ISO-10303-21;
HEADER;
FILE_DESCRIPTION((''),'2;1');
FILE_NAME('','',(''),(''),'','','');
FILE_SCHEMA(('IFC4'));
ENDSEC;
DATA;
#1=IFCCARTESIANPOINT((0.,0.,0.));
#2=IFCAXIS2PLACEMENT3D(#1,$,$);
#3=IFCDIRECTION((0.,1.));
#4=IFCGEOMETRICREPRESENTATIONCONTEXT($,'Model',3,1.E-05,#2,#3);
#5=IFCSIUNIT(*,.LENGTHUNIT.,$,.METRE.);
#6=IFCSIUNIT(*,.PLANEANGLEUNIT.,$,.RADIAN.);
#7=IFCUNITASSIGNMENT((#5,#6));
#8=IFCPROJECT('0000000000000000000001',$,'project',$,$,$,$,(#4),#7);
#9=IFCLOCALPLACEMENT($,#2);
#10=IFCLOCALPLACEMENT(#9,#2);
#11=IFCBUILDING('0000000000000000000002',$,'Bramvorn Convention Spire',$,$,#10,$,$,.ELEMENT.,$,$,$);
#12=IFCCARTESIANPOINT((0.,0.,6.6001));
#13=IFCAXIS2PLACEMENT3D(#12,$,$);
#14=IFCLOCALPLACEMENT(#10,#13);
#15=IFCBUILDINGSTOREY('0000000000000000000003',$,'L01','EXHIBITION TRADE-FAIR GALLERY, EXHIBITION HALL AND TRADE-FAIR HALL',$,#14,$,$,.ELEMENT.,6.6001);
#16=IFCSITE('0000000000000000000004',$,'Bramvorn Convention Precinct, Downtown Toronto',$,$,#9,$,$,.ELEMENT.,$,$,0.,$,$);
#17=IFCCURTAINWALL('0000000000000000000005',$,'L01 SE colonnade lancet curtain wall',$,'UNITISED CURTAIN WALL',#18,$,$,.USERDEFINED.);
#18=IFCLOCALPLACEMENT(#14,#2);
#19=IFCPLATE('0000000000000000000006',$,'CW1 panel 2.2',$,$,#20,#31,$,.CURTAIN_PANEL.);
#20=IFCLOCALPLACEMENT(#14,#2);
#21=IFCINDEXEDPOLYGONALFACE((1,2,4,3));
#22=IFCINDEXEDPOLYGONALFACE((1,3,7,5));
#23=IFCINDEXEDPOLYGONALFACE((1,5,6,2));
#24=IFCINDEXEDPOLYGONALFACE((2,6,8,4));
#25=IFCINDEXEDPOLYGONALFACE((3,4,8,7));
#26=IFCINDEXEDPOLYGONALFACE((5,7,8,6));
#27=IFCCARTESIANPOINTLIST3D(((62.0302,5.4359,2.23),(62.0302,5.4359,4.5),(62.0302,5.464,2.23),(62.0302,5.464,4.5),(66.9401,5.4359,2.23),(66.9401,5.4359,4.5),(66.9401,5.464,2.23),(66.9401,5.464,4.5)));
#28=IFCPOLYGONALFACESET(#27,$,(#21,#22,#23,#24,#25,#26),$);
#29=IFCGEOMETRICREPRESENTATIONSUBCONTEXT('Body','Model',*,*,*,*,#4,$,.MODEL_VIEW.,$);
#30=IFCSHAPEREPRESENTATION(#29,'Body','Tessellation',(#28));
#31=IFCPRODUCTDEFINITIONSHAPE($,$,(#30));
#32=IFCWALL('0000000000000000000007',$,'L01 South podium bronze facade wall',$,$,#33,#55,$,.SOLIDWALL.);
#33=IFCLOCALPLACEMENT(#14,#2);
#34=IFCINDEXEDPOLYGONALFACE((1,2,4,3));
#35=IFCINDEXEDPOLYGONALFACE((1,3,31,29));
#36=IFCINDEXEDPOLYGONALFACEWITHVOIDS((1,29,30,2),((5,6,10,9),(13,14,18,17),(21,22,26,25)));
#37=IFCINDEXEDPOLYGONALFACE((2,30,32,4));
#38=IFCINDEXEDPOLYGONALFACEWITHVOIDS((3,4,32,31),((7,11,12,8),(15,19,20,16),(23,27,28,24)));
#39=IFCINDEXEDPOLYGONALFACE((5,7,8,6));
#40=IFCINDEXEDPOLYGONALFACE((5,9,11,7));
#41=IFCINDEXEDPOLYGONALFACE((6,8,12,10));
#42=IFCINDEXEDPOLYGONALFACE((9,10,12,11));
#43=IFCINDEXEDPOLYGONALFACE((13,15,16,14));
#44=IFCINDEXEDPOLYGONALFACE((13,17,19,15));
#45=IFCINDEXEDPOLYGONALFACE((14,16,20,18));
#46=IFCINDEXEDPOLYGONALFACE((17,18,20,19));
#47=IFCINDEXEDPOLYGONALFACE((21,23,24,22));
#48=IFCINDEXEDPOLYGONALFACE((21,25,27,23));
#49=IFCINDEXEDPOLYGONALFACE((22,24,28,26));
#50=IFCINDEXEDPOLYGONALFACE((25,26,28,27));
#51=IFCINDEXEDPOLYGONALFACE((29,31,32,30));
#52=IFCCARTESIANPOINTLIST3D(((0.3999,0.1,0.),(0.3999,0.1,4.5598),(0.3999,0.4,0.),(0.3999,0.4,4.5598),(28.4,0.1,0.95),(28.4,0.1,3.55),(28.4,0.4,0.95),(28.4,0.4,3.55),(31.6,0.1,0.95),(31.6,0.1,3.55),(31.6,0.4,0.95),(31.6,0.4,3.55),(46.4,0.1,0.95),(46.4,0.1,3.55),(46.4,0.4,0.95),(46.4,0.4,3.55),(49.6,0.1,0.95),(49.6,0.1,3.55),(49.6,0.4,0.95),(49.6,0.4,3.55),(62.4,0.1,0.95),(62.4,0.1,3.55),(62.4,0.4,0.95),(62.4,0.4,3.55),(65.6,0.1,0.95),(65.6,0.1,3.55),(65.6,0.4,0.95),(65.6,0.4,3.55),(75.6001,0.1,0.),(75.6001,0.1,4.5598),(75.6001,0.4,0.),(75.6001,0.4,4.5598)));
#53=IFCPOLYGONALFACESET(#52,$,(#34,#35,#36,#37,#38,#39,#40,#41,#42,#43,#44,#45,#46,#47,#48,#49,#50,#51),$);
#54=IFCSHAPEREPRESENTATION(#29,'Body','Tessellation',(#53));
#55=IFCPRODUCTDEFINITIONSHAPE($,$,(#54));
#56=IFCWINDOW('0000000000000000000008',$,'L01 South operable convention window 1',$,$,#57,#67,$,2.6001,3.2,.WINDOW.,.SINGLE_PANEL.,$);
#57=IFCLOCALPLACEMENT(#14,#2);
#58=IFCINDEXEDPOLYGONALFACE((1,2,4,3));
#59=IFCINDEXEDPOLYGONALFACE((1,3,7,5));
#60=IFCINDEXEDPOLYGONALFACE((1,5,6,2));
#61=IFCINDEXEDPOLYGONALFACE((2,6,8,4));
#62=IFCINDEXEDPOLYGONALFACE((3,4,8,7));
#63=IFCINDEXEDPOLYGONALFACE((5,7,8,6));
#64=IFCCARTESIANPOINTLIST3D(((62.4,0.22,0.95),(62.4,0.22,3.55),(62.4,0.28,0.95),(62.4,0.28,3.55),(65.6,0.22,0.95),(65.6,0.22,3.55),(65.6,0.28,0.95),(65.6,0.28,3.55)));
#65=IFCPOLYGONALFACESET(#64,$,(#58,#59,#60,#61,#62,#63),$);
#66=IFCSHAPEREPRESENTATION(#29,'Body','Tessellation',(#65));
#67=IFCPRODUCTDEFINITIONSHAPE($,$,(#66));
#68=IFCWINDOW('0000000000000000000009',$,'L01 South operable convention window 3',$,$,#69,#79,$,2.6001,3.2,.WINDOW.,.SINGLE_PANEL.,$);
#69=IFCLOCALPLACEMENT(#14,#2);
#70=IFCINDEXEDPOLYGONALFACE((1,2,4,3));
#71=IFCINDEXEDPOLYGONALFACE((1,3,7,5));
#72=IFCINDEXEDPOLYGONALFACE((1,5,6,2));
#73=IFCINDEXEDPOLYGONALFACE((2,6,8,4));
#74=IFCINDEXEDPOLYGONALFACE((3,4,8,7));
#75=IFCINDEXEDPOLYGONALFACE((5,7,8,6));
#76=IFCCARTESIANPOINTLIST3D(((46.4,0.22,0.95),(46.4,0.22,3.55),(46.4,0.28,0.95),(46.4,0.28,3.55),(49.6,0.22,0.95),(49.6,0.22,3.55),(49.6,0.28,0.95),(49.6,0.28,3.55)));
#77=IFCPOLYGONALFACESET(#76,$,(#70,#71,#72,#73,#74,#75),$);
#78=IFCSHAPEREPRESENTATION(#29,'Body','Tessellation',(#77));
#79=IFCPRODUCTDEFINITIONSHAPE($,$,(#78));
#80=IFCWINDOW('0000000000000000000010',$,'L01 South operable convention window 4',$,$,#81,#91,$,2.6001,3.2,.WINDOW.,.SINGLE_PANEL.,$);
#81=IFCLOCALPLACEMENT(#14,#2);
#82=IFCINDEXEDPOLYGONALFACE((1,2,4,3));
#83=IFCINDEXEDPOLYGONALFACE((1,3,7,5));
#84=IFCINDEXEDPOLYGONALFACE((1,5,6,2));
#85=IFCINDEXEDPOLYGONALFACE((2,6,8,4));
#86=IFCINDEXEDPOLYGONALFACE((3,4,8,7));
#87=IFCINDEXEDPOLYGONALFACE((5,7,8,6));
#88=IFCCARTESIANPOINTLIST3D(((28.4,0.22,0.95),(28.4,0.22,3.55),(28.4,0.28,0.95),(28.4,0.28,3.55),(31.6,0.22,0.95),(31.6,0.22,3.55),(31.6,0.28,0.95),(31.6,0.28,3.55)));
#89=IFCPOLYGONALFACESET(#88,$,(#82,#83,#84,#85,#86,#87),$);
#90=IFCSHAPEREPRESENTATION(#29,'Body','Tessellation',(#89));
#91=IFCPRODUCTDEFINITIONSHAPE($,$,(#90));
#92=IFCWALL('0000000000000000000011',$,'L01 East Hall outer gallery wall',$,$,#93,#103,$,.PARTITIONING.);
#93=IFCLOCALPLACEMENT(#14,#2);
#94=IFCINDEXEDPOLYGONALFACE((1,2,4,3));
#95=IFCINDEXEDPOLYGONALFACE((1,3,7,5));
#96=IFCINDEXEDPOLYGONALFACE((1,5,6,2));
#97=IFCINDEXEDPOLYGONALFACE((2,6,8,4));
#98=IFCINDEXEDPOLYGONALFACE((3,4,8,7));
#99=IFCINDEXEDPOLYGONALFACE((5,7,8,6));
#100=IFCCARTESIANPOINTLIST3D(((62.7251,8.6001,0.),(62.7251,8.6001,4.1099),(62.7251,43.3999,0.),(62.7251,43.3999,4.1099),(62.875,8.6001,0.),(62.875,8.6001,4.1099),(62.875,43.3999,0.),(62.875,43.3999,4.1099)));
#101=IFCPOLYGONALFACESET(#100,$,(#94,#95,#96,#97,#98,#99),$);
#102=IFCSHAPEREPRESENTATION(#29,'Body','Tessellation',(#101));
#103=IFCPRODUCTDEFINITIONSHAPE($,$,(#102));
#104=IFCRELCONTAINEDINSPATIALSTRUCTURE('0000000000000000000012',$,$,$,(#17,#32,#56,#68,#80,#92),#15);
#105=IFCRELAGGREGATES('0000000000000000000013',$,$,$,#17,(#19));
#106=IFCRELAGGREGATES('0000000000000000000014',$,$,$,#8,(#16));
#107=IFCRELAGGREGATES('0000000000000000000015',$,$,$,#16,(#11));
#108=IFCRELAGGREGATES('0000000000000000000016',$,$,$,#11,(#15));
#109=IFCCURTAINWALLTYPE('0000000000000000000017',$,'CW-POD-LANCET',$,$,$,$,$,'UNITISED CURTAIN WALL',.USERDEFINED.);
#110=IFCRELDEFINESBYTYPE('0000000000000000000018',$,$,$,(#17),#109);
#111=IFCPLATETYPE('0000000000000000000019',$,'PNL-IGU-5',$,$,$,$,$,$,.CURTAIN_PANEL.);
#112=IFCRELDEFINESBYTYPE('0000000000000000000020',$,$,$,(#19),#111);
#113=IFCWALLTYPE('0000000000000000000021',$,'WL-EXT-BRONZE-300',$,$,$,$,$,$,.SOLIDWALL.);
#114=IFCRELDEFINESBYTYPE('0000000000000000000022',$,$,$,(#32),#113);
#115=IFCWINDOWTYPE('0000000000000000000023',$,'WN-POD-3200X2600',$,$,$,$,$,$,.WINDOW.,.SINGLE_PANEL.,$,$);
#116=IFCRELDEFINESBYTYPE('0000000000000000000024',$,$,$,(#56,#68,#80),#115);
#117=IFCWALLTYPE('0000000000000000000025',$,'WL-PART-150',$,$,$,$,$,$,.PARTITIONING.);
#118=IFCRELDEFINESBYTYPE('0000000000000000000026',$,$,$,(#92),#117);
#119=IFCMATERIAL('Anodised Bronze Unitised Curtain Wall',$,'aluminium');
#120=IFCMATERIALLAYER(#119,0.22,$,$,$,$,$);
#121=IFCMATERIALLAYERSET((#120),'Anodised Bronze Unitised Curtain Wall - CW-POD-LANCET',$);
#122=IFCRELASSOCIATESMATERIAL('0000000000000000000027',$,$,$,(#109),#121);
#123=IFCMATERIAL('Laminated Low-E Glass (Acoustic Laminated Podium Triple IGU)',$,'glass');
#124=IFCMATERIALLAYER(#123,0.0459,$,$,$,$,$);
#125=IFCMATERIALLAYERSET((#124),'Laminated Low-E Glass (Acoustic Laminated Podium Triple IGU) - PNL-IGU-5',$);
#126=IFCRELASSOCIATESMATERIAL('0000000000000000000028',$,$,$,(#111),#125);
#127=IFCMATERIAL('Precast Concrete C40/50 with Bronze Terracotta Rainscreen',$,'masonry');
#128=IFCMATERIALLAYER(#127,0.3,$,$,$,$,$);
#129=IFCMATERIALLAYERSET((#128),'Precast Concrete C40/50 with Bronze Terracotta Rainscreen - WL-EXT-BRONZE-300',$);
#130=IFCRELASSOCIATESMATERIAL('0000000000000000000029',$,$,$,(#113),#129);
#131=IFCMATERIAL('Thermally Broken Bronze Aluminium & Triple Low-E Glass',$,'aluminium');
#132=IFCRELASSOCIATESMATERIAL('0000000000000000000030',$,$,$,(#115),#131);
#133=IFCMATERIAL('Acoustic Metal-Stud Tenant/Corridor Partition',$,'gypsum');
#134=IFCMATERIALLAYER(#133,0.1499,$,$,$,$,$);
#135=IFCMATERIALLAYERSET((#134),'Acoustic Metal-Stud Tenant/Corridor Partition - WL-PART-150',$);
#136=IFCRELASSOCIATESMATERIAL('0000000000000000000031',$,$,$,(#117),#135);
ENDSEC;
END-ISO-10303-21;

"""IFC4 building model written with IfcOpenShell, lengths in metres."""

from ifc_helpers import new_model, si_unit, direction, frame, frame_2d, origin, origin_2d, place, context, subcontext, project, spatial, rectangle, extrude, material, layer, layer_set, type_object, element, fill, aggregate, save


model = new_model("IFC4")

# Units and contexts
model_context = context("Model", 3, precision=1e-05, world=origin(), true_north=direction((0.0, 1.0)))
body_context = subcontext(model_context, "Body", "Model", "MODEL_VIEW")
ifc_project = project(units=[si_unit("LENGTHUNIT", "METRE"), si_unit("PLANEANGLEUNIT", "RADIAN")], contexts=[model_context])

# Site, building, storey
site_placement = place(None, origin())
site = spatial("IfcSite", under=ifc_project, at=site_placement, Name="Bramvorn Convention Precinct, Downtown Toronto", CompositionType="ELEMENT", RefElevation=0.0)
building_placement = place(site_placement, origin())
building = spatial("IfcBuilding", under=site, at=building_placement, Name="Bramvorn Convention Spire", CompositionType="ELEMENT")
storey_placement = place(building_placement, frame((0.0, 0.0, 6.6001)))
storey = spatial("IfcBuildingStorey", under=building, at=storey_placement, Name="L01", Description="EXHIBITION TRADE-FAIR GALLERY, EXHIBITION HALL AND TRADE-FAIR HALL", CompositionType="ELEMENT", Elevation=6.6001)

# Curtain wall, plate
ifc_material_1 = material(Name="Anodised Bronze Unitised Curtain Wall", Category="aluminium")
ifc_layer_1 = layer(ifc_material_1, 0.22)
ifc_layer_set_1 = layer_set([ifc_layer_1], Name="Anodised Bronze Unitised Curtain Wall - CW-POD-LANCET")
curtain_wall_type = type_object("IfcCurtainWallType", Name="CW-POD-LANCET", ElementType="UNITISED CURTAIN WALL", PredefinedType="USERDEFINED", material=ifc_layer_set_1)
curtain_wall_placement = place(storey_placement, origin())
curtain_wall = element("IfcCurtainWall", 1, at=curtain_wall_placement, inside=storey, type_object=curtain_wall_type, Name="L01 SE colonnade lancet curtain wall", ObjectType="UNITISED CURTAIN WALL", PredefinedType="USERDEFINED")
ifc_material_2 = material(Name="Laminated Low-E Glass (Acoustic Laminated Podium Triple IGU)", Category="glass")
ifc_layer_2 = layer(ifc_material_2, 0.0459)
ifc_layer_set_2 = layer_set([ifc_layer_2], Name="Laminated Low-E Glass (Acoustic Laminated Podium Triple IGU) - PNL-IGU-5")
plate_type = type_object("IfcPlateType", Name="PNL-IGU-5", PredefinedType="CURTAIN_PANEL", material=ifc_layer_set_2)
plate_1_placement = place(storey_placement, frame((64.4851, 5.45, 2.23), z_axis=(0.0, 0.0, 1.0), x_axis=(1.0, 0.0, 0.0)))
plate_1 = element("IfcPlate", 2, at=plate_1_placement, type_object=plate_type, Name="CW1 panel 2.2", PredefinedType="CURTAIN_PANEL", context=body_context, shape_type="SweptSolid", body=[
    extrude(rectangle(XDim=4.9099, YDim=0.0281, at=origin_2d()), origin(), (0.0, 0.0, 1.0), 2.27),
])
aggregate(curtain_wall, [plate_1])

# Wall, openings, windows
ifc_material_3 = material(Name="Precast Concrete C40/50 with Bronze Terracotta Rainscreen", Category="masonry")
ifc_layer_3 = layer(ifc_material_3, 0.3)
ifc_layer_set_3 = layer_set([ifc_layer_3], Name="Precast Concrete C40/50 with Bronze Terracotta Rainscreen - WL-EXT-BRONZE-300")
wall_type_1 = type_object("IfcWallType", Name="WL-EXT-BRONZE-300", PredefinedType="SOLIDWALL", material=ifc_layer_set_3)
wall_1_placement = place(storey_placement, frame((75.6001, 0.25, 0.0), z_axis=(0.0, 0.0, 1.0), x_axis=(-1.0, 0.0, 0.0)))
wall_1 = element("IfcWall", 3, at=wall_1_placement, inside=storey, type_object=wall_type_1, Name="L01 South podium bronze facade wall", PredefinedType="SOLIDWALL", context=body_context, shape_type="SweptSolid", body=[
    extrude(rectangle(XDim=75.2002, YDim=0.3, at=frame_2d((37.6001, 0.0))), origin(), (0.0, 0.0, 1.0), 4.5598),
])
opening_1_placement = place(wall_1_placement, frame((10.0, 0.0, 0.95)))
opening_1 = element("IfcOpeningElement", 4, at=opening_1_placement, cuts=wall_1, PredefinedType="OPENING", context=body_context, shape_type="SweptSolid", body=[
    extrude(rectangle(XDim=3.2, YDim=2.6001, at=frame_2d((1.6001, 1.3))), frame((0.0, 0.1599, 0.0), z_axis=(0.0, -1.0, 0.0), x_axis=(1.0, 0.0, 0.0)), (0.0, 0.0, 1.0), 0.3201),
])
opening_2_placement = place(wall_1_placement, frame((26.0, 0.0, 0.95)))
opening_2 = element("IfcOpeningElement", 5, at=opening_2_placement, cuts=wall_1, PredefinedType="OPENING", context=body_context, shape_type="SweptSolid", body=[
    extrude(rectangle(XDim=3.2, YDim=2.6001, at=frame_2d((1.6001, 1.3))), frame((0.0, 0.1599, 0.0), z_axis=(0.0, -1.0, 0.0), x_axis=(1.0, 0.0, 0.0)), (0.0, 0.0, 1.0), 0.3201),
])
opening_3_placement = place(wall_1_placement, frame((44.0, 0.0, 0.95)))
opening_3 = element("IfcOpeningElement", 6, at=opening_3_placement, cuts=wall_1, PredefinedType="OPENING", context=body_context, shape_type="SweptSolid", body=[
    extrude(rectangle(XDim=3.2, YDim=2.6001, at=frame_2d((1.6001, 1.3))), frame((0.0, 0.1599, 0.0), z_axis=(0.0, -1.0, 0.0), x_axis=(1.0, 0.0, 0.0)), (0.0, 0.0, 1.0), 0.3201),
])
ifc_material_4 = material(Name="Thermally Broken Bronze Aluminium & Triple Low-E Glass", Category="aluminium")
window_type = type_object("IfcWindowType", Name="WN-POD-3200X2600", PartitioningType="SINGLE_PANEL", PredefinedType="WINDOW", material=ifc_material_4)
window_1_placement = place(opening_1_placement, origin())
window_1 = element("IfcWindow", 7, at=window_1_placement, inside=storey, type_object=window_type, Name="L01 South operable convention window 1", OverallHeight=2.6001, OverallWidth=3.2, PartitioningType="SINGLE_PANEL", PredefinedType="WINDOW", context=body_context, shape_type="SweptSolid", body=[
    extrude(rectangle(XDim=3.2, YDim=2.6001, at=frame_2d((1.6001, 1.3))), frame((0.0, 0.03, 0.0), z_axis=(0.0, -1.0, 0.0), x_axis=(1.0, 0.0, 0.0)), (0.0, 0.0, 1.0), 0.0601),
])
fill(opening_1, window_1)
window_2_placement = place(opening_2_placement, origin())
window_2 = element("IfcWindow", 8, at=window_2_placement, inside=storey, type_object=window_type, Name="L01 South operable convention window 3", OverallHeight=2.6001, OverallWidth=3.2, PartitioningType="SINGLE_PANEL", PredefinedType="WINDOW", context=body_context, shape_type="SweptSolid", body=[
    extrude(rectangle(XDim=3.2, YDim=2.6001, at=frame_2d((1.6001, 1.3))), frame((0.0, 0.03, 0.0), z_axis=(0.0, -1.0, 0.0), x_axis=(1.0, 0.0, 0.0)), (0.0, 0.0, 1.0), 0.0601),
])
fill(opening_2, window_2)
window_3_placement = place(opening_3_placement, origin())
window_3 = element("IfcWindow", 9, at=window_3_placement, inside=storey, type_object=window_type, Name="L01 South operable convention window 4", OverallHeight=2.6001, OverallWidth=3.2, PartitioningType="SINGLE_PANEL", PredefinedType="WINDOW", context=body_context, shape_type="SweptSolid", body=[
    extrude(rectangle(XDim=3.2, YDim=2.6001, at=frame_2d((1.6001, 1.3))), frame((0.0, 0.03, 0.0), z_axis=(0.0, -1.0, 0.0), x_axis=(1.0, 0.0, 0.0)), (0.0, 0.0, 1.0), 0.0601),
])
fill(opening_3, window_3)

# Wall
ifc_material_5 = material(Name="Acoustic Metal-Stud Tenant/Corridor Partition", Category="gypsum")
ifc_layer_4 = layer(ifc_material_5, 0.1499)
ifc_layer_set_4 = layer_set([ifc_layer_4], Name="Acoustic Metal-Stud Tenant/Corridor Partition - WL-PART-150")
wall_type_2 = type_object("IfcWallType", Name="WL-PART-150", PredefinedType="PARTITIONING", material=ifc_layer_set_4)
wall_2_placement = place(storey_placement, frame((62.8, 8.6001, 0.0), z_axis=(0.0, 0.0, 1.0), x_axis=(0.0, 1.0, 0.0)))
element("IfcWall", 10, at=wall_2_placement, inside=storey, type_object=wall_type_2, Name="L01 East Hall outer gallery wall", PredefinedType="PARTITIONING", context=body_context, shape_type="SweptSolid", body=[
    extrude(rectangle(XDim=34.7998, YDim=0.1499, at=frame_2d((17.3999, 0.0))), origin(), (0.0, 0.0, 1.0), 4.1099),
])

save(model, "model.ifc")
